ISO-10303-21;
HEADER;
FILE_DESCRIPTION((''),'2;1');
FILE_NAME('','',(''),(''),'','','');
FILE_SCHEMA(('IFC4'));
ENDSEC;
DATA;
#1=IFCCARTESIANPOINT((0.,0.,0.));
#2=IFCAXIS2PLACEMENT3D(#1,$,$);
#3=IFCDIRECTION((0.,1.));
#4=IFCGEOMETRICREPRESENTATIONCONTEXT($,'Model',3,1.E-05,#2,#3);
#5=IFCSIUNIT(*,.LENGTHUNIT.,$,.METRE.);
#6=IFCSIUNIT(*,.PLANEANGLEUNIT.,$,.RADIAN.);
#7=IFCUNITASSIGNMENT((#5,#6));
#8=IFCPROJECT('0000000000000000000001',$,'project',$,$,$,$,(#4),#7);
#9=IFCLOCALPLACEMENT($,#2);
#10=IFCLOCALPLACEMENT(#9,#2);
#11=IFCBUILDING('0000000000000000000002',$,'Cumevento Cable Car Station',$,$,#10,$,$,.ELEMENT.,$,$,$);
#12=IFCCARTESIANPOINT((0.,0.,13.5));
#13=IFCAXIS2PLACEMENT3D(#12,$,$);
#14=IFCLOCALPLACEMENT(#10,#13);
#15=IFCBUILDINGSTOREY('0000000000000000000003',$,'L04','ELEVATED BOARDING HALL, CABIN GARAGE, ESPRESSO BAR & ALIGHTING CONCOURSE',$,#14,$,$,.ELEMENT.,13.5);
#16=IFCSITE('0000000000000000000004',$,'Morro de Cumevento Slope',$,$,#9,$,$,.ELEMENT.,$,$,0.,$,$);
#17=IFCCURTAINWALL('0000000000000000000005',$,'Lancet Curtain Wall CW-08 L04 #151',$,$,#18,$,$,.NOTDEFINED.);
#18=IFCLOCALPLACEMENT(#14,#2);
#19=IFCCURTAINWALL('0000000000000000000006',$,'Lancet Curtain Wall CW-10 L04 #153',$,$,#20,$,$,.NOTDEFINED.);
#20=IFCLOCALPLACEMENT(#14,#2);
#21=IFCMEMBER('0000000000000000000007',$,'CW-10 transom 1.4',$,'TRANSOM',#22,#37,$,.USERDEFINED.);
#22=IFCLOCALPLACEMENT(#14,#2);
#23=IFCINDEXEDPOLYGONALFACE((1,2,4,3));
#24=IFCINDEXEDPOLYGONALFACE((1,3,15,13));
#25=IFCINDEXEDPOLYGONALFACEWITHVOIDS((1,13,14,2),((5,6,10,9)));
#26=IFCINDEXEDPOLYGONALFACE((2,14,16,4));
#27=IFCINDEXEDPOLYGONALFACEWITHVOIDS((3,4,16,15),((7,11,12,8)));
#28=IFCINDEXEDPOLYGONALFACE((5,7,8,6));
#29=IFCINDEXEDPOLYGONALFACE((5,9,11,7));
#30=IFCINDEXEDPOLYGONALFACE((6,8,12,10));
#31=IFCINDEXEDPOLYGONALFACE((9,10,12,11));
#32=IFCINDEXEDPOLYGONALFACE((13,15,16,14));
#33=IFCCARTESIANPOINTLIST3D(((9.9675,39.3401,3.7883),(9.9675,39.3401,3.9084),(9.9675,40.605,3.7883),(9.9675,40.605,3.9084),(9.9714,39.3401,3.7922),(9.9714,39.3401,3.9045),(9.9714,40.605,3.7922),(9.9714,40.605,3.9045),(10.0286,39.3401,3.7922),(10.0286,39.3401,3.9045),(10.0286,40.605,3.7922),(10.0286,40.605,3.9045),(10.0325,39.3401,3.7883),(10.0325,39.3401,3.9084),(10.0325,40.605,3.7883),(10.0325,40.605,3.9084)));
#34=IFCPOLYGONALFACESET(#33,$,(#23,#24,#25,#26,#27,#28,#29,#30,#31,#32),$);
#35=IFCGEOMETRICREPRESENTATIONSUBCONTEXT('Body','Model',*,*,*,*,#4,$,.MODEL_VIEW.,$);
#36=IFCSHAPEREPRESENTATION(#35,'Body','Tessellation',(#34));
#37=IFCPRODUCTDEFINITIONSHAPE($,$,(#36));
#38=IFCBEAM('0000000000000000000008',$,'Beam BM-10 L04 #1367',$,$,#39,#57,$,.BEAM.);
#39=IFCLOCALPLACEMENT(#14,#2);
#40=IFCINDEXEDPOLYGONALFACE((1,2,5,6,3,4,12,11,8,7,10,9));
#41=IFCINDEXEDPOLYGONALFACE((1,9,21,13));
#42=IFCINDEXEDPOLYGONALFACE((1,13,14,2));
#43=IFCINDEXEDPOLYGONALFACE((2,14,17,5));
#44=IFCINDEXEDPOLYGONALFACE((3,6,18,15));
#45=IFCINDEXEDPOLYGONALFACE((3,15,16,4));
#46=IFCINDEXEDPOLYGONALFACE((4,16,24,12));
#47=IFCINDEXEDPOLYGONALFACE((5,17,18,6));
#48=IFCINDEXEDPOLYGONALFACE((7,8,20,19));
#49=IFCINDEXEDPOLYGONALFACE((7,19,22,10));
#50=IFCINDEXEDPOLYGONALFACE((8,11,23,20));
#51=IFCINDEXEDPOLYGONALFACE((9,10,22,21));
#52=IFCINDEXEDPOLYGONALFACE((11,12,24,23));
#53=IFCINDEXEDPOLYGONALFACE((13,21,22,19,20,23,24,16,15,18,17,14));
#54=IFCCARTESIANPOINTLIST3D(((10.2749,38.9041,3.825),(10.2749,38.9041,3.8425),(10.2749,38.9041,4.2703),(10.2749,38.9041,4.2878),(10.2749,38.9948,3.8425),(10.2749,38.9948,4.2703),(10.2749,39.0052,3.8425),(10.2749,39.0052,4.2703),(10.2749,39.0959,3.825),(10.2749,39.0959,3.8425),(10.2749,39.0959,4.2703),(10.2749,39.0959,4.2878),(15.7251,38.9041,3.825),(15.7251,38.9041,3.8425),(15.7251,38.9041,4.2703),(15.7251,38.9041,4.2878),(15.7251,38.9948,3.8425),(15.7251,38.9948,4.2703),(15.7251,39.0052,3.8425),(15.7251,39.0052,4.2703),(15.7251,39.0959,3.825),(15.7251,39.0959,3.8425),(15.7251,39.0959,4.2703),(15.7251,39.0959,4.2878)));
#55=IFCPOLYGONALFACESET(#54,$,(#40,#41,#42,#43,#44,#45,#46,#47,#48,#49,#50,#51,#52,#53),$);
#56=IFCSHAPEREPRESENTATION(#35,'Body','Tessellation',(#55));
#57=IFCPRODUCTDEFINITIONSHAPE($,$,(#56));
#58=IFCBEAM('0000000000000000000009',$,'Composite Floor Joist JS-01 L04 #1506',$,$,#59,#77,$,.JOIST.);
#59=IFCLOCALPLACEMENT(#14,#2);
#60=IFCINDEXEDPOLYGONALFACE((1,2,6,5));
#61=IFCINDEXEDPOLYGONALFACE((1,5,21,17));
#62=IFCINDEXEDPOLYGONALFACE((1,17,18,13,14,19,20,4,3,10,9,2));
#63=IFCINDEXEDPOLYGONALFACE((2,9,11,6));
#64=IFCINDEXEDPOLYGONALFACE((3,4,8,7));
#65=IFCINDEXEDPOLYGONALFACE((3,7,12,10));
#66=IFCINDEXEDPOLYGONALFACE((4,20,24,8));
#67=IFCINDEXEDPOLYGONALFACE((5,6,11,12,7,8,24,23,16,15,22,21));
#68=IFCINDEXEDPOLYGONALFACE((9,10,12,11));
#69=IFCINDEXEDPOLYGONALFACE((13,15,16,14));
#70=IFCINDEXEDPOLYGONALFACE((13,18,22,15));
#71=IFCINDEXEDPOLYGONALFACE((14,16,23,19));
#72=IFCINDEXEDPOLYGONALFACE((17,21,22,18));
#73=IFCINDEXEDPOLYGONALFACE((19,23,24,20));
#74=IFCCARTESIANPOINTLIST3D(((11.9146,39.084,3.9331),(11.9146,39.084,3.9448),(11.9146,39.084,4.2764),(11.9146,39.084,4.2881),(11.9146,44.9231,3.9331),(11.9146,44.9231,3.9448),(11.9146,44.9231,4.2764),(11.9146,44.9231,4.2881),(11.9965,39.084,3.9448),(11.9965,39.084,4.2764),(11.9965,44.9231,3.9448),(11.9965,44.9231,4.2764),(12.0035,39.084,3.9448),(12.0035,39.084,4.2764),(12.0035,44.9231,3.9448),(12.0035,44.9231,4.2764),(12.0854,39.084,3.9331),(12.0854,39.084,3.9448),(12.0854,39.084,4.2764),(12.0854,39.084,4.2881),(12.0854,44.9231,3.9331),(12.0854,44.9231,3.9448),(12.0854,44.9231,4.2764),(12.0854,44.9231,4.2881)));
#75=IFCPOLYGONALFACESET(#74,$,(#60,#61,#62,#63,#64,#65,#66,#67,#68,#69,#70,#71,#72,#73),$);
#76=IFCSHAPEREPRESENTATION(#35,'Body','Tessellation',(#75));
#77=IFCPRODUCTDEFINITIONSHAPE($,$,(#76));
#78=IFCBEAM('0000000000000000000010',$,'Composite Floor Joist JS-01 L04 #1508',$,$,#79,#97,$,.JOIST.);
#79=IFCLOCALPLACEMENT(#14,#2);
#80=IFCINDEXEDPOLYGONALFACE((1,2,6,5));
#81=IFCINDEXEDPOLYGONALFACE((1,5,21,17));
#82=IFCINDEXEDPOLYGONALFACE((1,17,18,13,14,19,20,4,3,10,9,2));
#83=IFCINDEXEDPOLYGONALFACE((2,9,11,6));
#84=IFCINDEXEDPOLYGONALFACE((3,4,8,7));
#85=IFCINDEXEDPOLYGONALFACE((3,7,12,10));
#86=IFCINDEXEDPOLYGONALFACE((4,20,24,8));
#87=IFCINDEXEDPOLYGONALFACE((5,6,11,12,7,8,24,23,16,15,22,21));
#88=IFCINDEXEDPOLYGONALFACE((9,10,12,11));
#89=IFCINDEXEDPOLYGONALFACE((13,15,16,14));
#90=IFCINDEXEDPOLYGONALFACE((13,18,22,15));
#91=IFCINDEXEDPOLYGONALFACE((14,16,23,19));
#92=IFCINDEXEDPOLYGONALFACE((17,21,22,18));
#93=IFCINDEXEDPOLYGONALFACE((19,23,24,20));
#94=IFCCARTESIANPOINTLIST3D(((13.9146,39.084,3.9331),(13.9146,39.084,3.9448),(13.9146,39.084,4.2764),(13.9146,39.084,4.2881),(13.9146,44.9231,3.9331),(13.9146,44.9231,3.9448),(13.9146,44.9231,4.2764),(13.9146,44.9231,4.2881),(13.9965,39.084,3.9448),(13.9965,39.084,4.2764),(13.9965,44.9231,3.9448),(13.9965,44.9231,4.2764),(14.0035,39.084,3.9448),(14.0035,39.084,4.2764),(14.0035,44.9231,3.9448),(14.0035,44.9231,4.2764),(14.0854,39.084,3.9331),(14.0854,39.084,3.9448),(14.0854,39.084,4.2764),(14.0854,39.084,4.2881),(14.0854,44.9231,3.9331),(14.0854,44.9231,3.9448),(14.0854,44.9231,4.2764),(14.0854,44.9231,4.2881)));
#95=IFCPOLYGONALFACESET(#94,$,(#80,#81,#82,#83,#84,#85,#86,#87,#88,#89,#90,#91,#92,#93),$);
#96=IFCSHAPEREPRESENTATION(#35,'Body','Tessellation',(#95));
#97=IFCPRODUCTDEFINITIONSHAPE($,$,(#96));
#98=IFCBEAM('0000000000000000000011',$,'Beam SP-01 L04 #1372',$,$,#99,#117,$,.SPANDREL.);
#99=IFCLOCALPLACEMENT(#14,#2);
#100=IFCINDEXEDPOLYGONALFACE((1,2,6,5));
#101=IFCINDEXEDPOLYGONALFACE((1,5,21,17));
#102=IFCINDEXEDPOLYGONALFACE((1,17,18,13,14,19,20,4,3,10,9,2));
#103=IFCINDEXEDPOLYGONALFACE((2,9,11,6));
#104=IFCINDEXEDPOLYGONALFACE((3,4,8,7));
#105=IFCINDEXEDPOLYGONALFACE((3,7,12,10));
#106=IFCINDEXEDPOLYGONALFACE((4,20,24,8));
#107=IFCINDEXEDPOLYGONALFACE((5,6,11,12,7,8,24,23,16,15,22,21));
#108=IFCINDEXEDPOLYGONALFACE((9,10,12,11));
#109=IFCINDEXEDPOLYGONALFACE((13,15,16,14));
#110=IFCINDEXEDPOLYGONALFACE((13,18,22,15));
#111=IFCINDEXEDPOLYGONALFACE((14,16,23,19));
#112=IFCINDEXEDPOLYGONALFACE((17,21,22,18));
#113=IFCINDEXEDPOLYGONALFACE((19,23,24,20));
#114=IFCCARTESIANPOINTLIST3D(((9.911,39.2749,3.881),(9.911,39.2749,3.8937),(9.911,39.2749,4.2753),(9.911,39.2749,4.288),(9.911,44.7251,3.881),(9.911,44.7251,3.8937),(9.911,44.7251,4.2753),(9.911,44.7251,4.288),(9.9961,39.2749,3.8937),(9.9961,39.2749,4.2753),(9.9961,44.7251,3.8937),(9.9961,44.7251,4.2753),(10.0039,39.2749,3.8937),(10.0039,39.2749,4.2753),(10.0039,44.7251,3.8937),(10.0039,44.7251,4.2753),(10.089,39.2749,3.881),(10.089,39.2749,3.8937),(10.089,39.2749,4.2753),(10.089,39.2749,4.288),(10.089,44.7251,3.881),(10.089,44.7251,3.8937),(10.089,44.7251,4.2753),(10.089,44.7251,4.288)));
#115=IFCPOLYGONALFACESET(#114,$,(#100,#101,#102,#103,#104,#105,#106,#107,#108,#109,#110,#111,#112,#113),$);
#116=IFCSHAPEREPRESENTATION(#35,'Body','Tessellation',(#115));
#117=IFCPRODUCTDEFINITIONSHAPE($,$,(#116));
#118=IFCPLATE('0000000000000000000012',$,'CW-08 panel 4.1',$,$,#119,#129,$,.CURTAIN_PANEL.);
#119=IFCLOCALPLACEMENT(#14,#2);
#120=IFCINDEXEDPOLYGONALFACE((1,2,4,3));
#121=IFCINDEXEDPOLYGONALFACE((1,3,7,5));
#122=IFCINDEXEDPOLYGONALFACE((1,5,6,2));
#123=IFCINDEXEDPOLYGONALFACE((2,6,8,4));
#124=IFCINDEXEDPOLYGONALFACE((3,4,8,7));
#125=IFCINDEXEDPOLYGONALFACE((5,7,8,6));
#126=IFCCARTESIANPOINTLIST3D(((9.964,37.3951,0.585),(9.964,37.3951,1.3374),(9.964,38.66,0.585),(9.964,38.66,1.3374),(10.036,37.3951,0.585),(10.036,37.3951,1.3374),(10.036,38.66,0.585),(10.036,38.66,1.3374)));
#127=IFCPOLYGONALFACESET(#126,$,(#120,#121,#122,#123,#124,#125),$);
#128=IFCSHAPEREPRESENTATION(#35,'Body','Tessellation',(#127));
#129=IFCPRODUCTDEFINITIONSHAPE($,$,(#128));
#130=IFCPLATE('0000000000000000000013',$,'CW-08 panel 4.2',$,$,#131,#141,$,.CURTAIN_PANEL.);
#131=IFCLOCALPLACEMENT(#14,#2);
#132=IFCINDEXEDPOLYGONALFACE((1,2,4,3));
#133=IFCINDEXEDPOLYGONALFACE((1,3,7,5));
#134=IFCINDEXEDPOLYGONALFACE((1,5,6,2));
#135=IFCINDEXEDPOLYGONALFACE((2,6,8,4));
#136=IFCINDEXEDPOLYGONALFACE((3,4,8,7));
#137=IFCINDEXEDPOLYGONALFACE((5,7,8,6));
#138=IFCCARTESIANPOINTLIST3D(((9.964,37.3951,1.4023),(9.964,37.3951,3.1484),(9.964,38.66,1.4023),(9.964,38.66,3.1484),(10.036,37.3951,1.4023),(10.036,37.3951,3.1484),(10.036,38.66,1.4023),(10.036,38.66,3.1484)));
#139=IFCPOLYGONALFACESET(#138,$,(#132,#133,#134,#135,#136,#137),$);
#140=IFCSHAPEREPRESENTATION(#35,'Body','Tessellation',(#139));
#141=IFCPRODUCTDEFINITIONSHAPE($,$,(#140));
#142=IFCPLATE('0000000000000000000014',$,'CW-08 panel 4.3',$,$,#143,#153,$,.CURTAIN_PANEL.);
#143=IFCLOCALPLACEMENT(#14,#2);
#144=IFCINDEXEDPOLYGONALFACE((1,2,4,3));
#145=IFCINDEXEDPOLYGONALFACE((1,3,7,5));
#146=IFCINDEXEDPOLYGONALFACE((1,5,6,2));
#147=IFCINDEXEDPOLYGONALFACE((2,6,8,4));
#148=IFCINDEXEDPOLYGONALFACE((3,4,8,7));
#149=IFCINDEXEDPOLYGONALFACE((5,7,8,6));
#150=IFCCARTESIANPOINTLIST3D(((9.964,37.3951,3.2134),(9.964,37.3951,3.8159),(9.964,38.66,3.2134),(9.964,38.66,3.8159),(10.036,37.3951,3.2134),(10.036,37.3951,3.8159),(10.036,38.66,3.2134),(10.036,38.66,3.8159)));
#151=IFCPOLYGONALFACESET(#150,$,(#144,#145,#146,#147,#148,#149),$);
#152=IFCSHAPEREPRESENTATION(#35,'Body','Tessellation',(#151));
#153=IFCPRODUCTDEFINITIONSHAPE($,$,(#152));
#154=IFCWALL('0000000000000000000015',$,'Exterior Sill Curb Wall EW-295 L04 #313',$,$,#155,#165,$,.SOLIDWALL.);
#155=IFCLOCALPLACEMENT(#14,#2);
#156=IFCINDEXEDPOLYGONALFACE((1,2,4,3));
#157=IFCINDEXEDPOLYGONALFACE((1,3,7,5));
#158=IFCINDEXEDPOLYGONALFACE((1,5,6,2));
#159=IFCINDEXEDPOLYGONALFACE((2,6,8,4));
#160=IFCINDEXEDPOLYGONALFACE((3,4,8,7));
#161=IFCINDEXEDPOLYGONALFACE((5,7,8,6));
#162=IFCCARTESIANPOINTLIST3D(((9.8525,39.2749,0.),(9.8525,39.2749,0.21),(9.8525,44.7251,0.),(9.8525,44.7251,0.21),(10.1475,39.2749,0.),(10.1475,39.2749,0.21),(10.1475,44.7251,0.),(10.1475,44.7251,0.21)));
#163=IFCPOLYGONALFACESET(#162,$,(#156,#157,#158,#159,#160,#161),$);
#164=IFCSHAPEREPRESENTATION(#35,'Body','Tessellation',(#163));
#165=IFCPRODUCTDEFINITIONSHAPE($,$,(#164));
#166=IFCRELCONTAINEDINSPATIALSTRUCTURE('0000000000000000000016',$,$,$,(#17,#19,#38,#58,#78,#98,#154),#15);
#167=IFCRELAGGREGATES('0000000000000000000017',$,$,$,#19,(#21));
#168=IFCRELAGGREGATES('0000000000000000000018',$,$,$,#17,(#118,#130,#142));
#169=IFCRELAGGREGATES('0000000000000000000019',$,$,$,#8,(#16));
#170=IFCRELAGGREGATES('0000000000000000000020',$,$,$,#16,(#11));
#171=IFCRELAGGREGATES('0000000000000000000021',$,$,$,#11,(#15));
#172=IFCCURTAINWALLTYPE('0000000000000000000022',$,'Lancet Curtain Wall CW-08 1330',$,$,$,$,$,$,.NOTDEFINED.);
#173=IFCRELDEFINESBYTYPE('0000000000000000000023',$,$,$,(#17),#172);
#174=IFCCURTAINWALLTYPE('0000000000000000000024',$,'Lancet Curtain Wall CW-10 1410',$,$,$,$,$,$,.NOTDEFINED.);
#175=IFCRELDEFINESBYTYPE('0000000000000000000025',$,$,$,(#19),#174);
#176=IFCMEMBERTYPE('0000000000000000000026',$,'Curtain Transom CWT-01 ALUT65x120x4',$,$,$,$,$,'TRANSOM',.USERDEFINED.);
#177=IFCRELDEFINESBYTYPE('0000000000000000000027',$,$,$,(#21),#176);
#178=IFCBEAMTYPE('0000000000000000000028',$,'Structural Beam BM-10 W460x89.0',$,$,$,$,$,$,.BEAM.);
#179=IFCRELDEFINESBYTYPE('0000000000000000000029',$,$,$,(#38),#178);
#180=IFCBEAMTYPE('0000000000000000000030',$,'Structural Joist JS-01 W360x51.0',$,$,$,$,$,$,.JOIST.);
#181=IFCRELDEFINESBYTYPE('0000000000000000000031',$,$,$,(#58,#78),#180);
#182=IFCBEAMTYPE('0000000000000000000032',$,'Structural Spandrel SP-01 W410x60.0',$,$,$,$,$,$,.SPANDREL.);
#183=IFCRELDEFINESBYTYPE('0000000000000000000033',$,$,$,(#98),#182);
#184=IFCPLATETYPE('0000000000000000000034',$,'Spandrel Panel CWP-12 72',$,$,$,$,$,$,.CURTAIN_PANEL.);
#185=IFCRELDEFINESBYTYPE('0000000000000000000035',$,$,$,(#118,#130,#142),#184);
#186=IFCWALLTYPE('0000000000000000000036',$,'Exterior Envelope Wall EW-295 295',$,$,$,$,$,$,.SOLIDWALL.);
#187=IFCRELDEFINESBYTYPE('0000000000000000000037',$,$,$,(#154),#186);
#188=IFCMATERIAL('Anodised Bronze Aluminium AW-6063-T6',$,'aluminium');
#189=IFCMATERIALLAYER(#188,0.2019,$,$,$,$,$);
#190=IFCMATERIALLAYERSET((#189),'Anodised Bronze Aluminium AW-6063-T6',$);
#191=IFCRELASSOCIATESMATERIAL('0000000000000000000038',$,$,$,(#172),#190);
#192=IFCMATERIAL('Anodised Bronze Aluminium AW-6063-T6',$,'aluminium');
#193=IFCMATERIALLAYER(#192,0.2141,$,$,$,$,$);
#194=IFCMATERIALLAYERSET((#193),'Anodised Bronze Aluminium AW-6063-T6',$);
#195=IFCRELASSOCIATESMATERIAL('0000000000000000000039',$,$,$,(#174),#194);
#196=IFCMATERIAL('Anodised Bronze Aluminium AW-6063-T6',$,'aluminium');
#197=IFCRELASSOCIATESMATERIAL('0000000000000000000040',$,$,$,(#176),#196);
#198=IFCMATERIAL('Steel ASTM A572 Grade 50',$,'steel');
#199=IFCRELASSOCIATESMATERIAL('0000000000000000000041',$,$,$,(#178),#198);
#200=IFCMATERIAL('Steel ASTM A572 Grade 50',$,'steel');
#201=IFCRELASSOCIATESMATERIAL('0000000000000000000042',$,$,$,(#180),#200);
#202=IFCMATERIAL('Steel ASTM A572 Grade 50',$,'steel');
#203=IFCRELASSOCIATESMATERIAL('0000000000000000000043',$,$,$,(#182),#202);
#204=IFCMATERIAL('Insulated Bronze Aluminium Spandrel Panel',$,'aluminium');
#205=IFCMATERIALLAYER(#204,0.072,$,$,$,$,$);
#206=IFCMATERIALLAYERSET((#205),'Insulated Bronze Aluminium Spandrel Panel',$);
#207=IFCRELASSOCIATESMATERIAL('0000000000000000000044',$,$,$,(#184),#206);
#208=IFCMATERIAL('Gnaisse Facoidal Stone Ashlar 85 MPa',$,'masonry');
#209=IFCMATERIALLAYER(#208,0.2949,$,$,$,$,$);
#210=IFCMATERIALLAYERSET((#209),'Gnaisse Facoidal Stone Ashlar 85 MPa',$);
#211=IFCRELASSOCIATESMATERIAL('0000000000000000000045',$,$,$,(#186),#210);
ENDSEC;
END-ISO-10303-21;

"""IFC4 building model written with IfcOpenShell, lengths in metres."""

from ifc_helpers import new_model, si_unit, direction, frame, frame_2d, origin, origin_2d, place, context, subcontext, project, spatial, rectangle, hollow_rectangle, i_section, extrude, material, layer, layer_set, material_profile, profile_set, type_object, element, aggregate, save


model = new_model("IFC4")

# Units and contexts
model_context = context("Model", 3, precision=1e-05, world=origin(), true_north=direction((0.0, 1.0)))
body_context = subcontext(model_context, "Body", "Model", "MODEL_VIEW")
ifc_project = project(units=[si_unit("LENGTHUNIT", "METRE"), si_unit("PLANEANGLEUNIT", "RADIAN")], contexts=[model_context])

# Site, building, storey
site_placement = place(None, origin())
site = spatial("IfcSite", under=ifc_project, at=site_placement, Name="Morro de Cumevento Slope", CompositionType="ELEMENT", RefElevation=0.0)
building_placement = place(site_placement, origin())
building = spatial("IfcBuilding", under=site, at=building_placement, Name="Cumevento Cable Car Station", CompositionType="ELEMENT")
storey_placement = place(building_placement, frame((0.0, 0.0, 13.5)))
storey = spatial("IfcBuildingStorey", under=building, at=storey_placement, Name="L04", Description="ELEVATED BOARDING HALL, CABIN GARAGE, ESPRESSO BAR & ALIGHTING CONCOURSE", CompositionType="ELEMENT", Elevation=13.5)

# Curtain wall
ifc_material_1 = material(Name="Anodised Bronze Aluminium AW-6063-T6", Category="aluminium")
ifc_layer_1 = layer(ifc_material_1, 0.2019)
ifc_layer_set_1 = layer_set([ifc_layer_1], Name="Anodised Bronze Aluminium AW-6063-T6")
curtain_wall_type_1 = type_object("IfcCurtainWallType", Name="Lancet Curtain Wall CW-08 1330", PredefinedType="NOTDEFINED", material=ifc_layer_set_1)
curtain_wall_1_placement = place(storey_placement, origin())
curtain_wall_1 = element("IfcCurtainWall", 1, at=curtain_wall_1_placement, inside=storey, type_object=curtain_wall_type_1, Name="Lancet Curtain Wall CW-08 L04 #151", PredefinedType="NOTDEFINED")

# Curtain wall
ifc_material_2 = material(Name="Anodised Bronze Aluminium AW-6063-T6", Category="aluminium")
ifc_layer_2 = layer(ifc_material_2, 0.2141)
ifc_layer_set_2 = layer_set([ifc_layer_2], Name="Anodised Bronze Aluminium AW-6063-T6")
curtain_wall_type_2 = type_object("IfcCurtainWallType", Name="Lancet Curtain Wall CW-10 1410", PredefinedType="NOTDEFINED", material=ifc_layer_set_2)
curtain_wall_2_placement = place(storey_placement, origin())
curtain_wall_2 = element("IfcCurtainWall", 2, at=curtain_wall_2_placement, inside=storey, type_object=curtain_wall_type_2, Name="Lancet Curtain Wall CW-10 L04 #153", PredefinedType="NOTDEFINED")

# Member
ifc_material_3 = material(Name="Anodised Bronze Aluminium AW-6063-T6", Category="aluminium")
ifc_material_profile_1 = material_profile(ifc_material_3, hollow_rectangle(XDim=0.0649, YDim=0.1201, WallThickness=0.0039, at=origin_2d()), Name="ALUT65x120x4")
ifc_profile_set_1 = profile_set([ifc_material_profile_1], Name="Anodised Bronze Aluminium AW-6063-T6")
member_type_1 = type_object("IfcMemberType", Name="Curtain Transom CWT-01 ALUT65x120x4", ElementType="TRANSOM", PredefinedType="USERDEFINED", material=ifc_profile_set_1)
member_1_placement = place(storey_placement, frame((10.0, 39.3401, 3.8484), z_axis=(0.0, 1.0, 0.0), x_axis=(-1.0, 0.0, 0.0)))
member_1 = element("IfcMember", 3, at=member_1_placement, type_object=member_type_1, Name="CW-10 transom 1.4", ObjectType="TRANSOM", PredefinedType="USERDEFINED", context=body_context, shape_type="SweptSolid", body=[
    extrude(hollow_rectangle(XDim=0.0649, YDim=0.1201, WallThickness=0.0039, at=origin_2d()), origin(), (0.0, 0.0, 1.0), 1.2649),
])
aggregate(curtain_wall_2, [member_1])

# Beams
ifc_material_4 = material(Name="Steel ASTM A572 Grade 50", Category="steel")
ifc_material_profile_2 = material_profile(ifc_material_4, i_section(OverallWidth=0.1919, OverallDepth=0.4629, WebThickness=0.0105, FlangeThickness=0.0176, at=origin_2d()), Name="W460x89.0")
ifc_profile_set_2 = profile_set([ifc_material_profile_2], Name="Steel ASTM A572 Grade 50")
beam_type_1 = type_object("IfcBeamType", Name="Structural Beam BM-10 W460x89.0", PredefinedType="BEAM", material=ifc_profile_set_2)
beam_1_placement = place(storey_placement, frame((10.2749, 39.0, 4.0564), z_axis=(1.0, 0.0, 0.0), x_axis=(0.0, 1.0, 0.0)))
element("IfcBeam", 4, at=beam_1_placement, inside=storey, type_object=beam_type_1, Name="Beam BM-10 L04 #1367", PredefinedType="BEAM", context=body_context, shape_type="SweptSolid", body=[
    extrude(i_section(OverallWidth=0.1919, OverallDepth=0.4629, WebThickness=0.0105, FlangeThickness=0.0176, at=origin_2d()), origin(), (0.0, 0.0, 1.0), 5.4502),
])
ifc_material_5 = material(Name="Steel ASTM A572 Grade 50", Category="steel")
ifc_material_profile_3 = material_profile(ifc_material_5, i_section(OverallWidth=0.1709, OverallDepth=0.355, WebThickness=0.0071, FlangeThickness=0.0117, at=origin_2d()), Name="W360x51.0")
ifc_profile_set_3 = profile_set([ifc_material_profile_3], Name="Steel ASTM A572 Grade 50")
beam_type_2 = type_object("IfcBeamType", Name="Structural Joist JS-01 W360x51.0", PredefinedType="JOIST", material=ifc_profile_set_3)
for number, where, z_axis, x_axis, name in (
    (5, (12.0, 39.084, 4.1106), (0.0, 1.0, 0.0), (-1.0, 0.0, 0.0), "Composite Floor Joist JS-01 L04 #1506"),
    (6, (14.0, 39.084, 4.1106), (0.0, 1.0, 0.0), (-1.0, 0.0, 0.0), "Composite Floor Joist JS-01 L04 #1508"),
):
    element("IfcBeam", number, at=place(storey_placement, frame(where, z_axis=z_axis, x_axis=x_axis)), inside=storey, type_object=beam_type_2, Name=name, PredefinedType="JOIST", context=body_context, shape_type="SweptSolid", body=[
        extrude(i_section(OverallWidth=0.1709, OverallDepth=0.355, WebThickness=0.0071, FlangeThickness=0.0117, at=origin_2d()), origin(), (0.0, 0.0, 1.0), 5.8391),
    ])
ifc_material_6 = material(Name="Steel ASTM A572 Grade 50", Category="steel")
ifc_material_profile_4 = material_profile(ifc_material_6, i_section(OverallWidth=0.178, OverallDepth=0.407, WebThickness=0.0078, FlangeThickness=0.0127, at=origin_2d()), Name="W410x60.0")
ifc_profile_set_4 = profile_set([ifc_material_profile_4], Name="Steel ASTM A572 Grade 50")
beam_type_3 = type_object("IfcBeamType", Name="Structural Spandrel SP-01 W410x60.0", PredefinedType="SPANDREL", material=ifc_profile_set_4)
beam_2_placement = place(storey_placement, frame((10.0, 39.2749, 4.0845), z_axis=(0.0, 1.0, 0.0), x_axis=(-1.0, 0.0, 0.0)))
element("IfcBeam", 7, at=beam_2_placement, inside=storey, type_object=beam_type_3, Name="Beam SP-01 L04 #1372", PredefinedType="SPANDREL", context=body_context, shape_type="SweptSolid", body=[
    extrude(i_section(OverallWidth=0.178, OverallDepth=0.407, WebThickness=0.0078, FlangeThickness=0.0127, at=origin_2d()), origin(), (0.0, 0.0, 1.0), 5.4502),
])

# Plates
ifc_material_7 = material(Name="Insulated Bronze Aluminium Spandrel Panel", Category="aluminium")
ifc_layer_3 = layer(ifc_material_7, 0.072)
ifc_layer_set_3 = layer_set([ifc_layer_3], Name="Insulated Bronze Aluminium Spandrel Panel")
plate_type = type_object("IfcPlateType", Name="Spandrel Panel CWP-12 72", PredefinedType="CURTAIN_PANEL", material=ifc_layer_set_3)
plate_1_placement = place(storey_placement, frame((10.0, 38.0276, 0.585), z_axis=(0.0, 0.0, 1.0), x_axis=(0.0, 1.0, 0.0)))
plate_1 = element("IfcPlate", 8, at=plate_1_placement, type_object=plate_type, Name="CW-08 panel 4.1", PredefinedType="CURTAIN_PANEL", context=body_context, shape_type="SweptSolid", body=[
    extrude(rectangle(XDim=1.2649, YDim=0.072, at=origin_2d()), origin(), (0.0, 0.0, 1.0), 0.7524),
])
plate_2_placement = place(storey_placement, frame((10.0, 38.0276, 1.4023), z_axis=(0.0, 0.0, 1.0), x_axis=(0.0, 1.0, 0.0)))
plate_2 = element("IfcPlate", 9, at=plate_2_placement, type_object=plate_type, Name="CW-08 panel 4.2", PredefinedType="CURTAIN_PANEL", context=body_context, shape_type="SweptSolid", body=[
    extrude(rectangle(XDim=1.2649, YDim=0.072, at=origin_2d()), origin(), (0.0, 0.0, 1.0), 1.7461),
])
plate_3_placement = place(storey_placement, frame((10.0, 38.0276, 3.2134), z_axis=(0.0, 0.0, 1.0), x_axis=(0.0, 1.0, 0.0)))
plate_3 = element("IfcPlate", 10, at=plate_3_placement, type_object=plate_type, Name="CW-08 panel 4.3", PredefinedType="CURTAIN_PANEL", context=body_context, shape_type="SweptSolid", body=[
    extrude(rectangle(XDim=1.2649, YDim=0.072, at=origin_2d()), origin(), (0.0, 0.0, 1.0), 0.6025),
])
aggregate(curtain_wall_1, [plate_1, plate_2, plate_3])

# Wall
ifc_material_8 = material(Name="Gnaisse Facoidal Stone Ashlar 85 MPa", Category="masonry")
ifc_layer_4 = layer(ifc_material_8, 0.2949)
ifc_layer_set_4 = layer_set([ifc_layer_4], Name="Gnaisse Facoidal Stone Ashlar 85 MPa")
wall_type = type_object("IfcWallType", Name="Exterior Envelope Wall EW-295 295", PredefinedType="SOLIDWALL", material=ifc_layer_set_4)
wall_placement = place(storey_placement, frame((10.0, 39.2749, 0.0), z_axis=(0.0, 0.0, 1.0), x_axis=(0.0, 1.0, 0.0)))
element("IfcWall", 11, at=wall_placement, inside=storey, type_object=wall_type, Name="Exterior Sill Curb Wall EW-295 L04 #313", PredefinedType="SOLIDWALL", context=body_context, shape_type="SweptSolid", body=[
    extrude(rectangle(XDim=5.4502, YDim=0.2949, at=frame_2d((2.7251, 0.0))), origin(), (0.0, 0.0, 1.0), 0.21),
])

save(model, "model.ifc")
